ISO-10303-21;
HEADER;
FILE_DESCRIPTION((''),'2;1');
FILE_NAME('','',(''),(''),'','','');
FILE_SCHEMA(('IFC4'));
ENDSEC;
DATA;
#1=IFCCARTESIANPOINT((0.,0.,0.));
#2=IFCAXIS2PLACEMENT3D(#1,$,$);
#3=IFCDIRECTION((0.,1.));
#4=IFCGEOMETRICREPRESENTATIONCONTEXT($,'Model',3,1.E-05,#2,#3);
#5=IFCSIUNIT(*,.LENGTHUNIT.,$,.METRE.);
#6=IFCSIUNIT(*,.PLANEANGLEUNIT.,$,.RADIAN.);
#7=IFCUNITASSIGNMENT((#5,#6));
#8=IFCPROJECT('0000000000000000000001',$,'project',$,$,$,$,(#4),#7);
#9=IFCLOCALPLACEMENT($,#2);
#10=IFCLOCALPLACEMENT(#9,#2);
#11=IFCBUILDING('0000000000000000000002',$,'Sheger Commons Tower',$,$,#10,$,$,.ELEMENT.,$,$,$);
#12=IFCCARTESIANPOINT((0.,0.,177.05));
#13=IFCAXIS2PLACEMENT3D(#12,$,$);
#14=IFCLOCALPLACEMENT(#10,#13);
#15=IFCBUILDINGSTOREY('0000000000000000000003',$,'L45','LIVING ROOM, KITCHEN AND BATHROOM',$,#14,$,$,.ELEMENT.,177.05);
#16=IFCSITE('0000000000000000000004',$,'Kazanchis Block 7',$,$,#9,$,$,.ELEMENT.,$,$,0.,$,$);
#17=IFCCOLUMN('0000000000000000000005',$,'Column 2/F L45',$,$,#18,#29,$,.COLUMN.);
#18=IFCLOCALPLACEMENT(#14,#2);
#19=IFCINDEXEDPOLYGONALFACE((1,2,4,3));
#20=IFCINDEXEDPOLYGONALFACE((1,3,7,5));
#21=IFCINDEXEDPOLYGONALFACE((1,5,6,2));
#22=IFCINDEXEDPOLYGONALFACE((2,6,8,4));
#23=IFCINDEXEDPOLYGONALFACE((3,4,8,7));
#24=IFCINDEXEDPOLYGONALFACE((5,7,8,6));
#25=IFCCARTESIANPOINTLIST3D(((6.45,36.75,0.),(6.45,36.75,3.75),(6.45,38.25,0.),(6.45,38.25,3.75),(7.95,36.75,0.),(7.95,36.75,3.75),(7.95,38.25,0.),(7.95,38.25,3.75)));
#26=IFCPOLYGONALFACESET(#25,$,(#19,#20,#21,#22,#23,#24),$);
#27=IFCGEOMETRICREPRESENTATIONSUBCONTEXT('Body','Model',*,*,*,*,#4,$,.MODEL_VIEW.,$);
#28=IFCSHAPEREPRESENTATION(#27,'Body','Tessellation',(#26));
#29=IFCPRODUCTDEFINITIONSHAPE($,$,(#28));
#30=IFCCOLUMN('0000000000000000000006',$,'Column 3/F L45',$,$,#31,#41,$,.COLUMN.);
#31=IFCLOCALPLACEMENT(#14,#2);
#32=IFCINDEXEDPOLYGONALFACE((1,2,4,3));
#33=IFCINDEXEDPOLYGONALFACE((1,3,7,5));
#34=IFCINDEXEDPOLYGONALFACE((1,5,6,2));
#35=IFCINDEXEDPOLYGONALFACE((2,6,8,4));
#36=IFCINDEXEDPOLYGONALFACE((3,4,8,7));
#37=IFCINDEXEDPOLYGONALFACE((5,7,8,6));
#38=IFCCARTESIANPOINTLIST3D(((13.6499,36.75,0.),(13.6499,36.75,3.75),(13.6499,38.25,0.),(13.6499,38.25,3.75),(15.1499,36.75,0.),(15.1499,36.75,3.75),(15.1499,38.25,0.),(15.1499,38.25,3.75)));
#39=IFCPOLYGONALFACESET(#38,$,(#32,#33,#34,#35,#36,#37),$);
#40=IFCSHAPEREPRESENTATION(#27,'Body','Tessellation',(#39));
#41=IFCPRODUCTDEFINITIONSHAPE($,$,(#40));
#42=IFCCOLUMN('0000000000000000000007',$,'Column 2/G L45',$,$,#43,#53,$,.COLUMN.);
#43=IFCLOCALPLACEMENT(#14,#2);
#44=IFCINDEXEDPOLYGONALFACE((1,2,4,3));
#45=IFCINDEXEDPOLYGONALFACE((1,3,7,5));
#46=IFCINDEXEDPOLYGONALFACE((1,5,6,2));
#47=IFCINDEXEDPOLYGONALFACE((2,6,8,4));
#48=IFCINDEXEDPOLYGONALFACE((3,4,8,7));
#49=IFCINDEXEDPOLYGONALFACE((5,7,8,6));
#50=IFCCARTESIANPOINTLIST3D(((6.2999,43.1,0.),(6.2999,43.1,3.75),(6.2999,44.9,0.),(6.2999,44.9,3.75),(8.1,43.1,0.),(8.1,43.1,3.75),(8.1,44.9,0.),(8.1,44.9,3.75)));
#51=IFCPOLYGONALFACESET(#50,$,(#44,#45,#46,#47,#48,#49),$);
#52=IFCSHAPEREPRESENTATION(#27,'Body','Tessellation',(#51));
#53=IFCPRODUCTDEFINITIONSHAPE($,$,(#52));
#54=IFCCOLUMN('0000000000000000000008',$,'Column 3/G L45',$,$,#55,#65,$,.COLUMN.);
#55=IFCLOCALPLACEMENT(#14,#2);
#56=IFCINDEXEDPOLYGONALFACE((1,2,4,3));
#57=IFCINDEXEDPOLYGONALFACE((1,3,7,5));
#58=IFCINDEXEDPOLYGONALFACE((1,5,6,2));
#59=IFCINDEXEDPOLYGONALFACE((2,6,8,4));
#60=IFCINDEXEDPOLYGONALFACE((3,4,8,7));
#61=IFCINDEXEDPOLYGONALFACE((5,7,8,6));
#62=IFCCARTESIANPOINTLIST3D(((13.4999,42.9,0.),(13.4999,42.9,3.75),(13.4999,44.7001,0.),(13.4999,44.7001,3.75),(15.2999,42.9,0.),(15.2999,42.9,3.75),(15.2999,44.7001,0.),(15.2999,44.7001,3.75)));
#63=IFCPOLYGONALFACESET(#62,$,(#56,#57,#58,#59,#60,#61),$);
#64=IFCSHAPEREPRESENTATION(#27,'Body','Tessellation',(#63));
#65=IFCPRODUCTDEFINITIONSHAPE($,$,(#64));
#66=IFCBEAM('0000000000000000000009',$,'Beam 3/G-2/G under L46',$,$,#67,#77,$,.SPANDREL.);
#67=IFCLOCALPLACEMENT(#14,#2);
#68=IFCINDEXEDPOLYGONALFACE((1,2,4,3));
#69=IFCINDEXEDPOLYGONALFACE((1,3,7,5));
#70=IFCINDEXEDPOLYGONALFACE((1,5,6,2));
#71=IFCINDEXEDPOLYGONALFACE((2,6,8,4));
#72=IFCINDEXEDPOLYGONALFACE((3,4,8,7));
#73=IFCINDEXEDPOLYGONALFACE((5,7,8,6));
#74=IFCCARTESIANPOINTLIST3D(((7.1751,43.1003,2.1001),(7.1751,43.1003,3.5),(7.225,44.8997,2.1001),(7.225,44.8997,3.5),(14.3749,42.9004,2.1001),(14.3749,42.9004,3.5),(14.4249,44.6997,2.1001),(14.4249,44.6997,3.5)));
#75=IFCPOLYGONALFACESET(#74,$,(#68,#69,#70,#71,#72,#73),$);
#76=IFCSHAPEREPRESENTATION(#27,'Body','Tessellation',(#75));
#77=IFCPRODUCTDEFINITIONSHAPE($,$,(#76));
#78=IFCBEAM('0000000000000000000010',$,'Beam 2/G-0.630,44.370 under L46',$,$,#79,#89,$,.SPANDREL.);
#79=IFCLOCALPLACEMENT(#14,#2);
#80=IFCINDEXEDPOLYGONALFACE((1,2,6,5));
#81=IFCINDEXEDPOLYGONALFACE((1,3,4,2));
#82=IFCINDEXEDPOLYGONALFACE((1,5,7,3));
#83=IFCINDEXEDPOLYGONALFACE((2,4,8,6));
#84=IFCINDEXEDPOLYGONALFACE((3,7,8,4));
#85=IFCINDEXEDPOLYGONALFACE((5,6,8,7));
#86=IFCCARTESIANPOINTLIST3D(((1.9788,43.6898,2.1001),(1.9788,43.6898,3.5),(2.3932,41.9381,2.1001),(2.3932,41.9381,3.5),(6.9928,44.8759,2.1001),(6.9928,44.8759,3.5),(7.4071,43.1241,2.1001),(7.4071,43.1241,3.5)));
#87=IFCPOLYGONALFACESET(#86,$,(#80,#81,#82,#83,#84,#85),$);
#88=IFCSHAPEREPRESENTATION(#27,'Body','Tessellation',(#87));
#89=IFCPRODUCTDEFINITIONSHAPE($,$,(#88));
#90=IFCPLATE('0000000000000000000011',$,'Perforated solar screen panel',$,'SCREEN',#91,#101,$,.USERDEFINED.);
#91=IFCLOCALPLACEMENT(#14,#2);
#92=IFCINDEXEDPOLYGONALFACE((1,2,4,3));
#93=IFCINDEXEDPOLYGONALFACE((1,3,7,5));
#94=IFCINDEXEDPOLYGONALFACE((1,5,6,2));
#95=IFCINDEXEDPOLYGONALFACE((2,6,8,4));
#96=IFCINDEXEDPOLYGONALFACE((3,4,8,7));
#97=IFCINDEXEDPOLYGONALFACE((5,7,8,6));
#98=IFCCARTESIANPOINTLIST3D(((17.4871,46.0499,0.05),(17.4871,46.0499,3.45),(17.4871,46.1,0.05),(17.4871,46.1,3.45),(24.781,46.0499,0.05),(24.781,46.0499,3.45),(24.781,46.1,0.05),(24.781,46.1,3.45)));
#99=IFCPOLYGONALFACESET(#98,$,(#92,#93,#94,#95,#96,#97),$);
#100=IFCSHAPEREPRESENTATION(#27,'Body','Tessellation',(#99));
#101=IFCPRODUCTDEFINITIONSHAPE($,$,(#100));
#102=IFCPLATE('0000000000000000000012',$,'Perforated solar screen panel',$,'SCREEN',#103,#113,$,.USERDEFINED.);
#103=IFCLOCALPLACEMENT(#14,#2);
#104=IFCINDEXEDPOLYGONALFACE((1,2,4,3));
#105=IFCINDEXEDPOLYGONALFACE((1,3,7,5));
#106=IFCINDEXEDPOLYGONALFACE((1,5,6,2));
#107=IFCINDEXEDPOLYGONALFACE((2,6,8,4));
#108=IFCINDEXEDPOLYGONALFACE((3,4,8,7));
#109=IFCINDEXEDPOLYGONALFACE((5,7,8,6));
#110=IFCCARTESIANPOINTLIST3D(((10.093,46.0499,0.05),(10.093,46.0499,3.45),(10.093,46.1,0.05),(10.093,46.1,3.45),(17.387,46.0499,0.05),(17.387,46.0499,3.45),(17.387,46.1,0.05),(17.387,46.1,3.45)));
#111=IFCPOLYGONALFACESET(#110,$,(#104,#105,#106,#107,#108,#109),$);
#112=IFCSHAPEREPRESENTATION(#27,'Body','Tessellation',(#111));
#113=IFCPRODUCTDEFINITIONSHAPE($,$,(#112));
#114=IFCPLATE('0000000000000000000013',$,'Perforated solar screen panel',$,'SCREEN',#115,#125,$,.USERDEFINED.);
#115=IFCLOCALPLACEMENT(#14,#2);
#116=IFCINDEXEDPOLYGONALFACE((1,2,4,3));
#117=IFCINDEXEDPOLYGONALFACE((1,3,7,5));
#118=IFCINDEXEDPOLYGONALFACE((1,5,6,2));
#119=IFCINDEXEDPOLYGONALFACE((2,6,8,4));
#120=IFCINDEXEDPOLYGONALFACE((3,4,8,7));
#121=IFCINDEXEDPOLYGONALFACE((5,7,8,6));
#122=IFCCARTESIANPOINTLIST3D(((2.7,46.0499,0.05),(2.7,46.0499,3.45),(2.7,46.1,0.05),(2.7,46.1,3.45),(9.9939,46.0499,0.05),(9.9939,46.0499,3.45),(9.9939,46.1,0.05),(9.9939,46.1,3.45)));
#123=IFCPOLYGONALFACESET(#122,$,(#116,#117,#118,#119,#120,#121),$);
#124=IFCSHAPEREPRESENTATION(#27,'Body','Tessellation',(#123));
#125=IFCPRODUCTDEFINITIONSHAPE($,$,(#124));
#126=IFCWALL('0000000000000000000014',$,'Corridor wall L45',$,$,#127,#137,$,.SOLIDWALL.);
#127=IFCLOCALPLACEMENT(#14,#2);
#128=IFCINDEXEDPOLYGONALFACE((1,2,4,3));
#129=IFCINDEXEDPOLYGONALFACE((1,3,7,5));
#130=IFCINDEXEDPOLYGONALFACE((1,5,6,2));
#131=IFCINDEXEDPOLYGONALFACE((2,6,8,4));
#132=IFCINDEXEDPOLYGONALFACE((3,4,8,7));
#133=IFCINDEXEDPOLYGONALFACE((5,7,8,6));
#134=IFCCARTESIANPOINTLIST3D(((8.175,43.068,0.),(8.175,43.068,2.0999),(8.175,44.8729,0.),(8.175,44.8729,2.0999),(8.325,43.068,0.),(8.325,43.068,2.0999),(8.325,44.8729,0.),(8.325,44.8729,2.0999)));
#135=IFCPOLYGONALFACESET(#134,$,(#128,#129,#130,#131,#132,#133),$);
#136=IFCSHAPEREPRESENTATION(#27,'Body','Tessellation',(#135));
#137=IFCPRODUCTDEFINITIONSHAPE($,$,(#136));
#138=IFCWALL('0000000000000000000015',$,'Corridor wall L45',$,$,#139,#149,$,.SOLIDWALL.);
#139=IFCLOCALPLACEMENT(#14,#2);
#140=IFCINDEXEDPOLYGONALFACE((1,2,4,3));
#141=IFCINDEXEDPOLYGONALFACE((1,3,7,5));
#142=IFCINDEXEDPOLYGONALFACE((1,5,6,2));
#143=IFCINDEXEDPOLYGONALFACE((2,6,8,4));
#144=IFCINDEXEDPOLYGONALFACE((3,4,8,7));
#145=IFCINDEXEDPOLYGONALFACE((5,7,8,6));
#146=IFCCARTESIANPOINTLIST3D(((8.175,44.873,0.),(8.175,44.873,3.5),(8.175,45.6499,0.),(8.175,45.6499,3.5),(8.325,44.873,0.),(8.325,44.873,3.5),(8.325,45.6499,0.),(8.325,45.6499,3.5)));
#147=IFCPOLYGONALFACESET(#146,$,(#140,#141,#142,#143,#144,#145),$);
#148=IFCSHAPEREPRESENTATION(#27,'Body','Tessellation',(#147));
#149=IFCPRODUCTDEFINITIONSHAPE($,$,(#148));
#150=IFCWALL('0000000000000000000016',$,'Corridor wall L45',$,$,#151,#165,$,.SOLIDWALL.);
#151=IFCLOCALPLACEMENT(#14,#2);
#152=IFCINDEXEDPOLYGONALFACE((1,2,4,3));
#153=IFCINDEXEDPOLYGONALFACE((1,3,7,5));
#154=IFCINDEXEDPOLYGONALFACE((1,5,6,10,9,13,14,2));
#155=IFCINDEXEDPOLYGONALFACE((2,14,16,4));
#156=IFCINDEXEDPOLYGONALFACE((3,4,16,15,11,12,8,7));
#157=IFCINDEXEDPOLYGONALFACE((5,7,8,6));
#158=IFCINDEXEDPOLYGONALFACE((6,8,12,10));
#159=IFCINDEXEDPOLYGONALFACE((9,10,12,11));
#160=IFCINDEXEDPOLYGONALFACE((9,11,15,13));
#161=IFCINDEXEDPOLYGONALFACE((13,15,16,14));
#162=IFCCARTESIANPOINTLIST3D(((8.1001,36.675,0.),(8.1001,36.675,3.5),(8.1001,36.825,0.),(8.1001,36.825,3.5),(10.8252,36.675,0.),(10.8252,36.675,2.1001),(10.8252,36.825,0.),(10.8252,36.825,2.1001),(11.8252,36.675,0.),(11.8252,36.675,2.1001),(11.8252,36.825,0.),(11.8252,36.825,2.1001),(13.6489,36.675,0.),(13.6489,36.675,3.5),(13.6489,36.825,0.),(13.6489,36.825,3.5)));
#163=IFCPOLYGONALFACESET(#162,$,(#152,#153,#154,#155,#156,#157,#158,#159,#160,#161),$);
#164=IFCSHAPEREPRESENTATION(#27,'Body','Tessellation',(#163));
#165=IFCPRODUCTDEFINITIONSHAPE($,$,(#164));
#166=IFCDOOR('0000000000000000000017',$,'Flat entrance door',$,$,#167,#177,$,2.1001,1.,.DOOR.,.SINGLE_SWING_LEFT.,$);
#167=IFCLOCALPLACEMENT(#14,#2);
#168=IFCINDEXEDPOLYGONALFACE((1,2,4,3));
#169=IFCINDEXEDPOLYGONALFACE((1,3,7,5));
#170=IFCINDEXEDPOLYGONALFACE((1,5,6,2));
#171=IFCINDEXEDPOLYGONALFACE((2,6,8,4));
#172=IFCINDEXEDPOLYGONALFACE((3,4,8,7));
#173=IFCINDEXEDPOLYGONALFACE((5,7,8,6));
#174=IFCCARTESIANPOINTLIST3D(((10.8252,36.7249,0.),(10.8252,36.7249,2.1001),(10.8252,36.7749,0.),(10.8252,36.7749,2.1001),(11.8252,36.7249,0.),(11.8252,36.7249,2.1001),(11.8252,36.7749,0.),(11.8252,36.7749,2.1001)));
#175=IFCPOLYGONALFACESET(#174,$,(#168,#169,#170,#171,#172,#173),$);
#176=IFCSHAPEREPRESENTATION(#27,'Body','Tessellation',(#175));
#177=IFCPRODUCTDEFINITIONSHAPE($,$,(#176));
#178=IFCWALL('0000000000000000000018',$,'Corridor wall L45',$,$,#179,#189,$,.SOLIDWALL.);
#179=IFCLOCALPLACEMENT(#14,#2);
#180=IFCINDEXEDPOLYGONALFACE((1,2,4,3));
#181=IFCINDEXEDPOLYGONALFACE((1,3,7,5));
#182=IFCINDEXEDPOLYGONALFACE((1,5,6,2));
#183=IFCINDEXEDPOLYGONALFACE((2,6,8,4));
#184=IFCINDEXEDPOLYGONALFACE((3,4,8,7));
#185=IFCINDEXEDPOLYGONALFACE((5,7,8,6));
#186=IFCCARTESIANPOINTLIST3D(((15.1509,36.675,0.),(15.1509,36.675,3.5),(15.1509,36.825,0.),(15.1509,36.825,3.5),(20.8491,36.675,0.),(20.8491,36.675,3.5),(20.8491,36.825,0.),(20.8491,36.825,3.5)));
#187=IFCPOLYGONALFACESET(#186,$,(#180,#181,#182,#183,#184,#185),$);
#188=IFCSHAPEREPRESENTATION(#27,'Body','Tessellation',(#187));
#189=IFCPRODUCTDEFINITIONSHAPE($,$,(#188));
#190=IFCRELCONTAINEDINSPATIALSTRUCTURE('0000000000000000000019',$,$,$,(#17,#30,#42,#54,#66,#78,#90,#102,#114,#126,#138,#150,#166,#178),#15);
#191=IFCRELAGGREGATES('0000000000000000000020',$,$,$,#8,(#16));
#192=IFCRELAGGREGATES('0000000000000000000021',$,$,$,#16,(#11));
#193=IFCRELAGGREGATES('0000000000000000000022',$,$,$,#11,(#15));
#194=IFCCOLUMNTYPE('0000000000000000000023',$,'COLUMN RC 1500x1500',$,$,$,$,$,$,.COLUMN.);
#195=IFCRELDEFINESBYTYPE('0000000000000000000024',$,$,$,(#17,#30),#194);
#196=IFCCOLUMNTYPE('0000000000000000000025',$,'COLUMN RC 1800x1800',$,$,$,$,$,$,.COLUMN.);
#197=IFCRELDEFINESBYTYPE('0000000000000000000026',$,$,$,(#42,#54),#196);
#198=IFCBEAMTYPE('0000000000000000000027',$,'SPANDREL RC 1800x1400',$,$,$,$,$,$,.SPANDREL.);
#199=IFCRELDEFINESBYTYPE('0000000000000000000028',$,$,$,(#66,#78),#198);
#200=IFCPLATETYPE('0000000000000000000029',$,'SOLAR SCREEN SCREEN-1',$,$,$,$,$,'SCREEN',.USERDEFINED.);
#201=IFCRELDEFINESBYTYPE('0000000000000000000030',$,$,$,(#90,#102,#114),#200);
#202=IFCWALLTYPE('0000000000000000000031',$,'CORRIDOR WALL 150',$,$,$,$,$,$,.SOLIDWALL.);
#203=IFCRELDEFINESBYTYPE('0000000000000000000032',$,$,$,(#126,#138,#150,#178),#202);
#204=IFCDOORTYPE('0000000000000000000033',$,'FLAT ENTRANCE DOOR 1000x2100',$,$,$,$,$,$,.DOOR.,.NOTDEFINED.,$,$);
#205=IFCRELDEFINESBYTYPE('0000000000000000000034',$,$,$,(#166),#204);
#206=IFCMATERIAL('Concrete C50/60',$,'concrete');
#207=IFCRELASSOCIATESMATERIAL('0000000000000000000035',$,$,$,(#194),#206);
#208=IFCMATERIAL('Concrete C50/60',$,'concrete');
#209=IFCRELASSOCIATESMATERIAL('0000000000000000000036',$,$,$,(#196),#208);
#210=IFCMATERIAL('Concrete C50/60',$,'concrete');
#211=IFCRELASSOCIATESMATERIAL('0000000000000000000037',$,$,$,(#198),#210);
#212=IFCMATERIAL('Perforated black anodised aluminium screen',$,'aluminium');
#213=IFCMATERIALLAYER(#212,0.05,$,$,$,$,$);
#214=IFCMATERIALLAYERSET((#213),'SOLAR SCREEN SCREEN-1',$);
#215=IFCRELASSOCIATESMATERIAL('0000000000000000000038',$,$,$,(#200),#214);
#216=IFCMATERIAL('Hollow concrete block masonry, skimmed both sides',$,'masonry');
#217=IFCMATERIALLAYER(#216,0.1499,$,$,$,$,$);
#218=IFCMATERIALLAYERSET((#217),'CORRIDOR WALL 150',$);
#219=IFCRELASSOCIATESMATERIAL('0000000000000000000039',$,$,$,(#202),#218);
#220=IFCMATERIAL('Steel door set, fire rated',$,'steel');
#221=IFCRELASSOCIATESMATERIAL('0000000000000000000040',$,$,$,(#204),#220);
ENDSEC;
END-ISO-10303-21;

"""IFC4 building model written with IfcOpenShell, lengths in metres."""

from ifc_helpers import new_model, si_unit, direction, frame, frame_2d, origin, origin_2d, place, context, subcontext, project, spatial, rectangle, extrude, material, layer, layer_set, material_profile, profile_set, type_object, element, fill, save


model = new_model("IFC4")

# Units and contexts
model_context = context("Model", 3, precision=1e-05, world=origin(), true_north=direction((0.0, 1.0)))
body_context = subcontext(model_context, "Body", "Model", "MODEL_VIEW")
ifc_project = project(units=[si_unit("LENGTHUNIT", "METRE"), si_unit("PLANEANGLEUNIT", "RADIAN")], contexts=[model_context])

# Site, building, storey
site_placement = place(None, origin())
site = spatial("IfcSite", under=ifc_project, at=site_placement, Name="Kazanchis Block 7", CompositionType="ELEMENT", RefElevation=0.0)
building_placement = place(site_placement, origin())
building = spatial("IfcBuilding", under=site, at=building_placement, Name="Sheger Commons Tower", CompositionType="ELEMENT")
storey_placement = place(building_placement, frame((0.0, 0.0, 177.05)))
storey = spatial("IfcBuildingStorey", under=building, at=storey_placement, Name="L45", Description="LIVING ROOM, KITCHEN AND BATHROOM", CompositionType="ELEMENT", Elevation=177.05)

# Columns
ifc_material_1 = material(Name="Concrete C50/60", Category="concrete")
ifc_material_profile_1 = material_profile(ifc_material_1, rectangle(XDim=1.5, YDim=1.5, at=origin_2d()), Name="RC 1500x1500")
ifc_profile_set_1 = profile_set([ifc_material_profile_1], Name="Concrete C50/60")
column_type_1 = type_object("IfcColumnType", Name="COLUMN RC 1500x1500", PredefinedType="COLUMN", material=ifc_profile_set_1)
for number, where, z_axis, x_axis, name in (
    (1, (7.2, 37.5, 0.0), (0.0, 0.0, 1.0), (1.0, 0.0, 0.0), "Column 2/F L45"),
    (2, (14.3999, 37.5, 0.0), (0.0, 0.0, 1.0), (1.0, 0.0, 0.0), "Column 3/F L45"),
):
    element("IfcColumn", number, at=place(storey_placement, frame(where, z_axis=z_axis, x_axis=x_axis)), inside=storey, type_object=column_type_1, Name=name, PredefinedType="COLUMN", context=body_context, shape_type="SweptSolid", body=[
        extrude(rectangle(XDim=1.5, YDim=1.5, at=origin_2d()), origin(), (0.0, 0.0, 1.0), 3.75),
    ])
ifc_material_2 = material(Name="Concrete C50/60", Category="concrete")
ifc_material_profile_2 = material_profile(ifc_material_2, rectangle(XDim=1.8, YDim=1.8, at=origin_2d()), Name="RC 1800x1800")
ifc_profile_set_2 = profile_set([ifc_material_profile_2], Name="Concrete C50/60")
column_type_2 = type_object("IfcColumnType", Name="COLUMN RC 1800x1800", PredefinedType="COLUMN", material=ifc_profile_set_2)
for number, where, z_axis, x_axis, name in (
    (3, (7.2, 44.0, 0.0), (0.0, 0.0, 1.0), (1.0, 0.0, 0.0), "Column 2/G L45"),
    (4, (14.3999, 43.8, 0.0), (0.0, 0.0, 1.0), (1.0, 0.0, 0.0), "Column 3/G L45"),
):
    element("IfcColumn", number, at=place(storey_placement, frame(where, z_axis=z_axis, x_axis=x_axis)), inside=storey, type_object=column_type_2, Name=name, PredefinedType="COLUMN", context=body_context, shape_type="SweptSolid", body=[
        extrude(rectangle(XDim=1.8, YDim=1.8, at=origin_2d()), origin(), (0.0, 0.0, 1.0), 3.75),
    ])

# Beams
ifc_material_3 = material(Name="Concrete C50/60", Category="concrete")
ifc_material_profile_3 = material_profile(ifc_material_3, rectangle(XDim=1.8, YDim=1.3999, at=origin_2d()), Name="RC 1800x1400")
ifc_profile_set_3 = profile_set([ifc_material_profile_3], Name="Concrete C50/60")
beam_type = type_object("IfcBeamType", Name="SPANDREL RC 1800x1400", PredefinedType="SPANDREL", material=ifc_profile_set_3)
beam_1_placement = place(storey_placement, frame((14.3999, 43.8, 2.8), z_axis=(-0.999615, 0.02776, 0.0), x_axis=(-0.02776, -0.999615, 0.0)))
element("IfcBeam", 5, at=beam_1_placement, inside=storey, type_object=beam_type, Name="Beam 3/G-2/G under L46", PredefinedType="SPANDREL", context=body_context, shape_type="SweptSolid", body=[
    extrude(rectangle(XDim=1.8, YDim=1.3999, at=origin_2d()), origin(), (0.0, 0.0, 1.0), 7.2026),
])
beam_2_placement = place(storey_placement, frame((7.2, 44.0, 2.8), z_axis=(-0.973144, -0.230196, 0.0), x_axis=(0.230196, -0.973144, 0.0)))
element("IfcBeam", 6, at=beam_2_placement, inside=storey, type_object=beam_type, Name="Beam 2/G-0.630,44.370 under L46", PredefinedType="SPANDREL", context=body_context, shape_type="SweptSolid", body=[
    extrude(rectangle(XDim=1.8, YDim=1.3999, at=origin_2d()), origin(), (0.0, 0.0, 1.0), 5.1523),
])

# Plates
ifc_material_4 = material(Name="Perforated black anodised aluminium screen", Category="aluminium")
ifc_layer_1 = layer(ifc_material_4, 0.05)
ifc_layer_set_1 = layer_set([ifc_layer_1], Name="SOLAR SCREEN SCREEN-1")
plate_type = type_object("IfcPlateType", Name="SOLAR SCREEN SCREEN-1", ElementType="SCREEN", PredefinedType="USERDEFINED", material=ifc_layer_set_1)
for number, where, z_axis, x_axis, name in (
    (7, (21.134, 46.075, 0.05), (0.0, 0.0, 1.0), (-1.0, 0.0, 0.0), "Perforated solar screen panel"),
    (8, (13.74, 46.075, 0.05), (0.0, 0.0, 1.0), (-1.0, 0.0, 0.0), "Perforated solar screen panel"),
    (9, (6.3469, 46.075, 0.05), (0.0, 0.0, 1.0), (-1.0, 0.0, 0.0), "Perforated solar screen panel"),
):
    element("IfcPlate", number, at=place(storey_placement, frame(where, z_axis=z_axis, x_axis=x_axis)), inside=storey, type_object=plate_type, Name=name, ObjectType="SCREEN", PredefinedType="USERDEFINED", context=body_context, shape_type="SweptSolid", body=[
        extrude(rectangle(XDim=7.2939, YDim=0.05, at=origin_2d()), origin(), (0.0, 0.0, 1.0), 3.3999),
    ])

# Walls
ifc_material_5 = material(Name="Hollow concrete block masonry, skimmed both sides", Category="masonry")
ifc_layer_2 = layer(ifc_material_5, 0.1499)
ifc_layer_set_2 = layer_set([ifc_layer_2], Name="CORRIDOR WALL 150")
wall_type_1 = type_object("IfcWallType", Name="CORRIDOR WALL 150", PredefinedType="SOLIDWALL", material=ifc_layer_set_2)
wall_1_placement = place(storey_placement, frame((8.25, 43.0681, 0.0), z_axis=(0.0, 0.0, 1.0), x_axis=(0.0, 1.0, 0.0)))
element("IfcWall", 10, at=wall_1_placement, inside=storey, type_object=wall_type_1, Name="Corridor wall L45", PredefinedType="SOLIDWALL", context=body_context, shape_type="SweptSolid", body=[
    extrude(rectangle(XDim=1.8049, YDim=0.1499, at=frame_2d((0.9023, 0.0))), origin(), (0.0, 0.0, 1.0), 2.0999),
])
wall_2_placement = place(storey_placement, frame((8.25, 44.873, 0.0), z_axis=(0.0, 0.0, 1.0), x_axis=(0.0, 1.0, 0.0)))
element("IfcWall", 11, at=wall_2_placement, inside=storey, type_object=wall_type_1, Name="Corridor wall L45", PredefinedType="SOLIDWALL", context=body_context, shape_type="SweptSolid", body=[
    extrude(rectangle(XDim=0.7769, YDim=0.1499, at=frame_2d((0.3884, 0.0))), origin(), (0.0, 0.0, 1.0), 3.5),
])

# Wall, opening, door
wall_3_placement = place(storey_placement, frame((8.1001, 36.75, 0.0), z_axis=(0.0, 0.0, 1.0), x_axis=(1.0, 0.0, 0.0)))
wall_3 = element("IfcWall", 12, at=wall_3_placement, inside=storey, type_object=wall_type_1, Name="Corridor wall L45", PredefinedType="SOLIDWALL", context=body_context, shape_type="SweptSolid", body=[
    extrude(rectangle(XDim=5.5488, YDim=0.1499, at=frame_2d((2.7744, 0.0))), origin(), (0.0, 0.0, 1.0), 3.5),
])
opening_1_placement = place(wall_3_placement, frame((2.7251, 0.0, 0.0)))
opening_1 = element("IfcOpeningElement", 13, at=opening_1_placement, cuts=wall_3, PredefinedType="OPENING", context=body_context, shape_type="SweptSolid", body=[
    extrude(rectangle(XDim=1.0, YDim=2.1001, at=frame_2d((0.5, 1.05))), frame((0.0, 0.085, 0.0), z_axis=(0.0, -1.0, 0.0), x_axis=(1.0, 0.0, 0.0)), (0.0, 0.0, 1.0), 0.1699),
])
ifc_material_6 = material(Name="Steel door set, fire rated", Category="steel")
door_type_1 = type_object("IfcDoorType", Name="FLAT ENTRANCE DOOR 1000x2100", OperationType="NOTDEFINED", PredefinedType="DOOR", material=ifc_material_6)
door_1_placement = place(opening_1_placement, origin())
door_1 = element("IfcDoor", 14, at=door_1_placement, inside=storey, type_object=door_type_1, Name="Flat entrance door", OperationType="SINGLE_SWING_LEFT", OverallHeight=2.1001, OverallWidth=1.0, PredefinedType="DOOR", context=body_context, shape_type="SweptSolid", body=[
    extrude(rectangle(XDim=1.0, YDim=2.1001, at=frame_2d((0.5, 1.05))), frame((0.0, 0.0249, 0.0), z_axis=(0.0, -1.0, 0.0), x_axis=(1.0, 0.0, 0.0)), (0.0, 0.0, 1.0), 0.05),
])
fill(opening_1, door_1)

# Wall
wall_4_placement = place(storey_placement, frame((15.1509, 36.75, 0.0), z_axis=(0.0, 0.0, 1.0), x_axis=(1.0, 0.0, 0.0)))
element("IfcWall", 15, at=wall_4_placement, inside=storey, type_object=wall_type_1, Name="Corridor wall L45", PredefinedType="SOLIDWALL", context=body_context, shape_type="SweptSolid", body=[
    extrude(rectangle(XDim=5.6982, YDim=0.1499, at=frame_2d((2.8491, 0.0))), origin(), (0.0, 0.0, 1.0), 3.5),
])

save(model, "model.ifc")
